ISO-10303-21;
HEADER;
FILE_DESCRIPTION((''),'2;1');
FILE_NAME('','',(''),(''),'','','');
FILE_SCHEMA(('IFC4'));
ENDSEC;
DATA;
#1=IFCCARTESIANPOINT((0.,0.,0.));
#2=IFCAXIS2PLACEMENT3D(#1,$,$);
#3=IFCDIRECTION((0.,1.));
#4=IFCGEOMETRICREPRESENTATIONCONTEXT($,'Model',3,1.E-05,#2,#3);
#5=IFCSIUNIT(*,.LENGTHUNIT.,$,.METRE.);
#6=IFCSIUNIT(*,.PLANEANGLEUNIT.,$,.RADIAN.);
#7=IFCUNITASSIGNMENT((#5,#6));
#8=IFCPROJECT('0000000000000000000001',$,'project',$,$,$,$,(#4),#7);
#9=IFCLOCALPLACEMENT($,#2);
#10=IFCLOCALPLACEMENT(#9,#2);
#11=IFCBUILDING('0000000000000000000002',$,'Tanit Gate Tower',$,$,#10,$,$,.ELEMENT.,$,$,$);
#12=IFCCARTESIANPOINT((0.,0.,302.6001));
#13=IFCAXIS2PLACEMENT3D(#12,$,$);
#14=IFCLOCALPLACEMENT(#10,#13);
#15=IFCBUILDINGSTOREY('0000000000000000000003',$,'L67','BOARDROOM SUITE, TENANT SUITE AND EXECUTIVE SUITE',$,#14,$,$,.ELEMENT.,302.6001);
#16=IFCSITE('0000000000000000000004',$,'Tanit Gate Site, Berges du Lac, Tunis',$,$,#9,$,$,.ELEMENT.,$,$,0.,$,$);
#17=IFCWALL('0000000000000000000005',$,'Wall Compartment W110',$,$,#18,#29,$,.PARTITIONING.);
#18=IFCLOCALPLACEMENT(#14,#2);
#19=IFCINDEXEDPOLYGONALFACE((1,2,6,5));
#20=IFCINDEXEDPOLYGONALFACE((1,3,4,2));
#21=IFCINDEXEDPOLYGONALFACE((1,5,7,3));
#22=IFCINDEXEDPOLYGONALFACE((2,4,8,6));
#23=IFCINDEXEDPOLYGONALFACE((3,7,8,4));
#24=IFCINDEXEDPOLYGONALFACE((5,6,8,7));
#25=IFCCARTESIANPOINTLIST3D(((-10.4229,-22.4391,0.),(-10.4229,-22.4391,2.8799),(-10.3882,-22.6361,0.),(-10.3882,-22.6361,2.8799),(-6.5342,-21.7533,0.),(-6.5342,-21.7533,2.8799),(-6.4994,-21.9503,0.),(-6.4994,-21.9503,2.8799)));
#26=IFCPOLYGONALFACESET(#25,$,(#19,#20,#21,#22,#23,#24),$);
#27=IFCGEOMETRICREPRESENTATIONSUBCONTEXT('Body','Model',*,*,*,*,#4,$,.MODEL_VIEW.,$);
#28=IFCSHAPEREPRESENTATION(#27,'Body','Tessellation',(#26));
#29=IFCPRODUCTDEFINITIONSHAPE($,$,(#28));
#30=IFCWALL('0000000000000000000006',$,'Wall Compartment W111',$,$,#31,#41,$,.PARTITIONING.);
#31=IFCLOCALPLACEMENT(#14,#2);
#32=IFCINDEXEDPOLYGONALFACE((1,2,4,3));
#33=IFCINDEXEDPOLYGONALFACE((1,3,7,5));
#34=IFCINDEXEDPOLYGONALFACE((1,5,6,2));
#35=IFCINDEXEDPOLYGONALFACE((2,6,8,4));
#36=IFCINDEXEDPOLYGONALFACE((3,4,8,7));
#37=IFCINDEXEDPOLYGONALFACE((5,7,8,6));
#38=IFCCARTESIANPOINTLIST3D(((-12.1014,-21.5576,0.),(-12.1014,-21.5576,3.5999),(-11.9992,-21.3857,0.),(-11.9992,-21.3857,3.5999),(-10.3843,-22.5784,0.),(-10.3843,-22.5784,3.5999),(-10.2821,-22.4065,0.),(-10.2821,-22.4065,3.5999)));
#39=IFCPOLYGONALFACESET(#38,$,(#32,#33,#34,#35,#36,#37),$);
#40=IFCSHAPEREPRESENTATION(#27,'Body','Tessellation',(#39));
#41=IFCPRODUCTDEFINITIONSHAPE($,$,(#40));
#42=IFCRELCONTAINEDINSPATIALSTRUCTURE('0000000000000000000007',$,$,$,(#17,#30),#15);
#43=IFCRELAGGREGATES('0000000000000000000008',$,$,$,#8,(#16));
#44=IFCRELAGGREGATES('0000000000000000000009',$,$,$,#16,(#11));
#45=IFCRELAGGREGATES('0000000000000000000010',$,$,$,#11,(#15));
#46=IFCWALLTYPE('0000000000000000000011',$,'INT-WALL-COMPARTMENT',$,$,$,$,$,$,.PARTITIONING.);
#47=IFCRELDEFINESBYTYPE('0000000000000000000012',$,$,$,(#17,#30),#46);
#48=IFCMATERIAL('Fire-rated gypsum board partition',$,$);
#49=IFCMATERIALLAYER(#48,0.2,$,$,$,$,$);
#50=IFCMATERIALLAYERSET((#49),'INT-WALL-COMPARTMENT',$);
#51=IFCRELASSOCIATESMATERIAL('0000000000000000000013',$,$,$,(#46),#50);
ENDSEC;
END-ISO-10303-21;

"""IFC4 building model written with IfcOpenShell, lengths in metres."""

from ifc_helpers import new_model, si_unit, direction, frame, frame_2d, origin, place, context, subcontext, project, spatial, rectangle, extrude, material, layer, layer_set, type_object, element, save


model = new_model("IFC4")

# Units and contexts
model_context = context("Model", 3, precision=1e-05, world=origin(), true_north=direction((0.0, 1.0)))
body_context = subcontext(model_context, "Body", "Model", "MODEL_VIEW")
ifc_project = project(units=[si_unit("LENGTHUNIT", "METRE"), si_unit("PLANEANGLEUNIT", "RADIAN")], contexts=[model_context])

# Site, building, storey
site_placement = place(None, origin())
site = spatial("IfcSite", under=ifc_project, at=site_placement, Name="Tanit Gate Site, Berges du Lac, Tunis", CompositionType="ELEMENT", RefElevation=0.0)
building_placement = place(site_placement, origin())
building = spatial("IfcBuilding", under=site, at=building_placement, Name="Tanit Gate Tower", CompositionType="ELEMENT")
storey_placement = place(building_placement, frame((0.0, 0.0, 302.6001)))
storey = spatial("IfcBuildingStorey", under=building, at=storey_placement, Name="L67", Description="BOARDROOM SUITE, TENANT SUITE AND EXECUTIVE SUITE", CompositionType="ELEMENT", Elevation=302.6001)

# Shared definitions
ifc_material_1 = material(Name="Fire-rated gypsum board partition")
ifc_layer_1 = layer(ifc_material_1, 0.2)
ifc_layer_set_1 = layer_set([ifc_layer_1], Name="INT-WALL-COMPARTMENT")
wall_type_1 = type_object("IfcWallType", Name="INT-WALL-COMPARTMENT", PredefinedType="PARTITIONING", material=ifc_layer_set_1)

# Walls
wall_1_placement = place(storey_placement, frame((-10.4055, -22.5376, 0.0), z_axis=(0.0, 0.0, 1.0), x_axis=(0.984803, 0.173676, 0.0)))
element("IfcWall", 1, at=wall_1_placement, inside=storey, type_object=wall_type_1, Name="Wall Compartment W110", PredefinedType="PARTITIONING", context=body_context, shape_type="SweptSolid", body=[
    extrude(rectangle(XDim=3.9487, YDim=0.2, at=frame_2d((1.9744, 0.0))), origin(), (0.0, 0.0, 1.0), 2.8799),
])
wall_2_placement = place(storey_placement, frame((-12.0503, -21.4717, 0.0), z_axis=(0.0, 0.0, 1.0), x_axis=(0.859578, -0.511005, 0.0)))
element("IfcWall", 2, at=wall_2_placement, inside=storey, type_object=wall_type_1, Name="Wall Compartment W111", PredefinedType="PARTITIONING", context=body_context, shape_type="SweptSolid", body=[
    extrude(rectangle(XDim=1.9976, YDim=0.2, at=frame_2d((0.9988, 0.0))), origin(), (0.0, 0.0, 1.0), 3.5999),
])

save(model, "model.ifc")
